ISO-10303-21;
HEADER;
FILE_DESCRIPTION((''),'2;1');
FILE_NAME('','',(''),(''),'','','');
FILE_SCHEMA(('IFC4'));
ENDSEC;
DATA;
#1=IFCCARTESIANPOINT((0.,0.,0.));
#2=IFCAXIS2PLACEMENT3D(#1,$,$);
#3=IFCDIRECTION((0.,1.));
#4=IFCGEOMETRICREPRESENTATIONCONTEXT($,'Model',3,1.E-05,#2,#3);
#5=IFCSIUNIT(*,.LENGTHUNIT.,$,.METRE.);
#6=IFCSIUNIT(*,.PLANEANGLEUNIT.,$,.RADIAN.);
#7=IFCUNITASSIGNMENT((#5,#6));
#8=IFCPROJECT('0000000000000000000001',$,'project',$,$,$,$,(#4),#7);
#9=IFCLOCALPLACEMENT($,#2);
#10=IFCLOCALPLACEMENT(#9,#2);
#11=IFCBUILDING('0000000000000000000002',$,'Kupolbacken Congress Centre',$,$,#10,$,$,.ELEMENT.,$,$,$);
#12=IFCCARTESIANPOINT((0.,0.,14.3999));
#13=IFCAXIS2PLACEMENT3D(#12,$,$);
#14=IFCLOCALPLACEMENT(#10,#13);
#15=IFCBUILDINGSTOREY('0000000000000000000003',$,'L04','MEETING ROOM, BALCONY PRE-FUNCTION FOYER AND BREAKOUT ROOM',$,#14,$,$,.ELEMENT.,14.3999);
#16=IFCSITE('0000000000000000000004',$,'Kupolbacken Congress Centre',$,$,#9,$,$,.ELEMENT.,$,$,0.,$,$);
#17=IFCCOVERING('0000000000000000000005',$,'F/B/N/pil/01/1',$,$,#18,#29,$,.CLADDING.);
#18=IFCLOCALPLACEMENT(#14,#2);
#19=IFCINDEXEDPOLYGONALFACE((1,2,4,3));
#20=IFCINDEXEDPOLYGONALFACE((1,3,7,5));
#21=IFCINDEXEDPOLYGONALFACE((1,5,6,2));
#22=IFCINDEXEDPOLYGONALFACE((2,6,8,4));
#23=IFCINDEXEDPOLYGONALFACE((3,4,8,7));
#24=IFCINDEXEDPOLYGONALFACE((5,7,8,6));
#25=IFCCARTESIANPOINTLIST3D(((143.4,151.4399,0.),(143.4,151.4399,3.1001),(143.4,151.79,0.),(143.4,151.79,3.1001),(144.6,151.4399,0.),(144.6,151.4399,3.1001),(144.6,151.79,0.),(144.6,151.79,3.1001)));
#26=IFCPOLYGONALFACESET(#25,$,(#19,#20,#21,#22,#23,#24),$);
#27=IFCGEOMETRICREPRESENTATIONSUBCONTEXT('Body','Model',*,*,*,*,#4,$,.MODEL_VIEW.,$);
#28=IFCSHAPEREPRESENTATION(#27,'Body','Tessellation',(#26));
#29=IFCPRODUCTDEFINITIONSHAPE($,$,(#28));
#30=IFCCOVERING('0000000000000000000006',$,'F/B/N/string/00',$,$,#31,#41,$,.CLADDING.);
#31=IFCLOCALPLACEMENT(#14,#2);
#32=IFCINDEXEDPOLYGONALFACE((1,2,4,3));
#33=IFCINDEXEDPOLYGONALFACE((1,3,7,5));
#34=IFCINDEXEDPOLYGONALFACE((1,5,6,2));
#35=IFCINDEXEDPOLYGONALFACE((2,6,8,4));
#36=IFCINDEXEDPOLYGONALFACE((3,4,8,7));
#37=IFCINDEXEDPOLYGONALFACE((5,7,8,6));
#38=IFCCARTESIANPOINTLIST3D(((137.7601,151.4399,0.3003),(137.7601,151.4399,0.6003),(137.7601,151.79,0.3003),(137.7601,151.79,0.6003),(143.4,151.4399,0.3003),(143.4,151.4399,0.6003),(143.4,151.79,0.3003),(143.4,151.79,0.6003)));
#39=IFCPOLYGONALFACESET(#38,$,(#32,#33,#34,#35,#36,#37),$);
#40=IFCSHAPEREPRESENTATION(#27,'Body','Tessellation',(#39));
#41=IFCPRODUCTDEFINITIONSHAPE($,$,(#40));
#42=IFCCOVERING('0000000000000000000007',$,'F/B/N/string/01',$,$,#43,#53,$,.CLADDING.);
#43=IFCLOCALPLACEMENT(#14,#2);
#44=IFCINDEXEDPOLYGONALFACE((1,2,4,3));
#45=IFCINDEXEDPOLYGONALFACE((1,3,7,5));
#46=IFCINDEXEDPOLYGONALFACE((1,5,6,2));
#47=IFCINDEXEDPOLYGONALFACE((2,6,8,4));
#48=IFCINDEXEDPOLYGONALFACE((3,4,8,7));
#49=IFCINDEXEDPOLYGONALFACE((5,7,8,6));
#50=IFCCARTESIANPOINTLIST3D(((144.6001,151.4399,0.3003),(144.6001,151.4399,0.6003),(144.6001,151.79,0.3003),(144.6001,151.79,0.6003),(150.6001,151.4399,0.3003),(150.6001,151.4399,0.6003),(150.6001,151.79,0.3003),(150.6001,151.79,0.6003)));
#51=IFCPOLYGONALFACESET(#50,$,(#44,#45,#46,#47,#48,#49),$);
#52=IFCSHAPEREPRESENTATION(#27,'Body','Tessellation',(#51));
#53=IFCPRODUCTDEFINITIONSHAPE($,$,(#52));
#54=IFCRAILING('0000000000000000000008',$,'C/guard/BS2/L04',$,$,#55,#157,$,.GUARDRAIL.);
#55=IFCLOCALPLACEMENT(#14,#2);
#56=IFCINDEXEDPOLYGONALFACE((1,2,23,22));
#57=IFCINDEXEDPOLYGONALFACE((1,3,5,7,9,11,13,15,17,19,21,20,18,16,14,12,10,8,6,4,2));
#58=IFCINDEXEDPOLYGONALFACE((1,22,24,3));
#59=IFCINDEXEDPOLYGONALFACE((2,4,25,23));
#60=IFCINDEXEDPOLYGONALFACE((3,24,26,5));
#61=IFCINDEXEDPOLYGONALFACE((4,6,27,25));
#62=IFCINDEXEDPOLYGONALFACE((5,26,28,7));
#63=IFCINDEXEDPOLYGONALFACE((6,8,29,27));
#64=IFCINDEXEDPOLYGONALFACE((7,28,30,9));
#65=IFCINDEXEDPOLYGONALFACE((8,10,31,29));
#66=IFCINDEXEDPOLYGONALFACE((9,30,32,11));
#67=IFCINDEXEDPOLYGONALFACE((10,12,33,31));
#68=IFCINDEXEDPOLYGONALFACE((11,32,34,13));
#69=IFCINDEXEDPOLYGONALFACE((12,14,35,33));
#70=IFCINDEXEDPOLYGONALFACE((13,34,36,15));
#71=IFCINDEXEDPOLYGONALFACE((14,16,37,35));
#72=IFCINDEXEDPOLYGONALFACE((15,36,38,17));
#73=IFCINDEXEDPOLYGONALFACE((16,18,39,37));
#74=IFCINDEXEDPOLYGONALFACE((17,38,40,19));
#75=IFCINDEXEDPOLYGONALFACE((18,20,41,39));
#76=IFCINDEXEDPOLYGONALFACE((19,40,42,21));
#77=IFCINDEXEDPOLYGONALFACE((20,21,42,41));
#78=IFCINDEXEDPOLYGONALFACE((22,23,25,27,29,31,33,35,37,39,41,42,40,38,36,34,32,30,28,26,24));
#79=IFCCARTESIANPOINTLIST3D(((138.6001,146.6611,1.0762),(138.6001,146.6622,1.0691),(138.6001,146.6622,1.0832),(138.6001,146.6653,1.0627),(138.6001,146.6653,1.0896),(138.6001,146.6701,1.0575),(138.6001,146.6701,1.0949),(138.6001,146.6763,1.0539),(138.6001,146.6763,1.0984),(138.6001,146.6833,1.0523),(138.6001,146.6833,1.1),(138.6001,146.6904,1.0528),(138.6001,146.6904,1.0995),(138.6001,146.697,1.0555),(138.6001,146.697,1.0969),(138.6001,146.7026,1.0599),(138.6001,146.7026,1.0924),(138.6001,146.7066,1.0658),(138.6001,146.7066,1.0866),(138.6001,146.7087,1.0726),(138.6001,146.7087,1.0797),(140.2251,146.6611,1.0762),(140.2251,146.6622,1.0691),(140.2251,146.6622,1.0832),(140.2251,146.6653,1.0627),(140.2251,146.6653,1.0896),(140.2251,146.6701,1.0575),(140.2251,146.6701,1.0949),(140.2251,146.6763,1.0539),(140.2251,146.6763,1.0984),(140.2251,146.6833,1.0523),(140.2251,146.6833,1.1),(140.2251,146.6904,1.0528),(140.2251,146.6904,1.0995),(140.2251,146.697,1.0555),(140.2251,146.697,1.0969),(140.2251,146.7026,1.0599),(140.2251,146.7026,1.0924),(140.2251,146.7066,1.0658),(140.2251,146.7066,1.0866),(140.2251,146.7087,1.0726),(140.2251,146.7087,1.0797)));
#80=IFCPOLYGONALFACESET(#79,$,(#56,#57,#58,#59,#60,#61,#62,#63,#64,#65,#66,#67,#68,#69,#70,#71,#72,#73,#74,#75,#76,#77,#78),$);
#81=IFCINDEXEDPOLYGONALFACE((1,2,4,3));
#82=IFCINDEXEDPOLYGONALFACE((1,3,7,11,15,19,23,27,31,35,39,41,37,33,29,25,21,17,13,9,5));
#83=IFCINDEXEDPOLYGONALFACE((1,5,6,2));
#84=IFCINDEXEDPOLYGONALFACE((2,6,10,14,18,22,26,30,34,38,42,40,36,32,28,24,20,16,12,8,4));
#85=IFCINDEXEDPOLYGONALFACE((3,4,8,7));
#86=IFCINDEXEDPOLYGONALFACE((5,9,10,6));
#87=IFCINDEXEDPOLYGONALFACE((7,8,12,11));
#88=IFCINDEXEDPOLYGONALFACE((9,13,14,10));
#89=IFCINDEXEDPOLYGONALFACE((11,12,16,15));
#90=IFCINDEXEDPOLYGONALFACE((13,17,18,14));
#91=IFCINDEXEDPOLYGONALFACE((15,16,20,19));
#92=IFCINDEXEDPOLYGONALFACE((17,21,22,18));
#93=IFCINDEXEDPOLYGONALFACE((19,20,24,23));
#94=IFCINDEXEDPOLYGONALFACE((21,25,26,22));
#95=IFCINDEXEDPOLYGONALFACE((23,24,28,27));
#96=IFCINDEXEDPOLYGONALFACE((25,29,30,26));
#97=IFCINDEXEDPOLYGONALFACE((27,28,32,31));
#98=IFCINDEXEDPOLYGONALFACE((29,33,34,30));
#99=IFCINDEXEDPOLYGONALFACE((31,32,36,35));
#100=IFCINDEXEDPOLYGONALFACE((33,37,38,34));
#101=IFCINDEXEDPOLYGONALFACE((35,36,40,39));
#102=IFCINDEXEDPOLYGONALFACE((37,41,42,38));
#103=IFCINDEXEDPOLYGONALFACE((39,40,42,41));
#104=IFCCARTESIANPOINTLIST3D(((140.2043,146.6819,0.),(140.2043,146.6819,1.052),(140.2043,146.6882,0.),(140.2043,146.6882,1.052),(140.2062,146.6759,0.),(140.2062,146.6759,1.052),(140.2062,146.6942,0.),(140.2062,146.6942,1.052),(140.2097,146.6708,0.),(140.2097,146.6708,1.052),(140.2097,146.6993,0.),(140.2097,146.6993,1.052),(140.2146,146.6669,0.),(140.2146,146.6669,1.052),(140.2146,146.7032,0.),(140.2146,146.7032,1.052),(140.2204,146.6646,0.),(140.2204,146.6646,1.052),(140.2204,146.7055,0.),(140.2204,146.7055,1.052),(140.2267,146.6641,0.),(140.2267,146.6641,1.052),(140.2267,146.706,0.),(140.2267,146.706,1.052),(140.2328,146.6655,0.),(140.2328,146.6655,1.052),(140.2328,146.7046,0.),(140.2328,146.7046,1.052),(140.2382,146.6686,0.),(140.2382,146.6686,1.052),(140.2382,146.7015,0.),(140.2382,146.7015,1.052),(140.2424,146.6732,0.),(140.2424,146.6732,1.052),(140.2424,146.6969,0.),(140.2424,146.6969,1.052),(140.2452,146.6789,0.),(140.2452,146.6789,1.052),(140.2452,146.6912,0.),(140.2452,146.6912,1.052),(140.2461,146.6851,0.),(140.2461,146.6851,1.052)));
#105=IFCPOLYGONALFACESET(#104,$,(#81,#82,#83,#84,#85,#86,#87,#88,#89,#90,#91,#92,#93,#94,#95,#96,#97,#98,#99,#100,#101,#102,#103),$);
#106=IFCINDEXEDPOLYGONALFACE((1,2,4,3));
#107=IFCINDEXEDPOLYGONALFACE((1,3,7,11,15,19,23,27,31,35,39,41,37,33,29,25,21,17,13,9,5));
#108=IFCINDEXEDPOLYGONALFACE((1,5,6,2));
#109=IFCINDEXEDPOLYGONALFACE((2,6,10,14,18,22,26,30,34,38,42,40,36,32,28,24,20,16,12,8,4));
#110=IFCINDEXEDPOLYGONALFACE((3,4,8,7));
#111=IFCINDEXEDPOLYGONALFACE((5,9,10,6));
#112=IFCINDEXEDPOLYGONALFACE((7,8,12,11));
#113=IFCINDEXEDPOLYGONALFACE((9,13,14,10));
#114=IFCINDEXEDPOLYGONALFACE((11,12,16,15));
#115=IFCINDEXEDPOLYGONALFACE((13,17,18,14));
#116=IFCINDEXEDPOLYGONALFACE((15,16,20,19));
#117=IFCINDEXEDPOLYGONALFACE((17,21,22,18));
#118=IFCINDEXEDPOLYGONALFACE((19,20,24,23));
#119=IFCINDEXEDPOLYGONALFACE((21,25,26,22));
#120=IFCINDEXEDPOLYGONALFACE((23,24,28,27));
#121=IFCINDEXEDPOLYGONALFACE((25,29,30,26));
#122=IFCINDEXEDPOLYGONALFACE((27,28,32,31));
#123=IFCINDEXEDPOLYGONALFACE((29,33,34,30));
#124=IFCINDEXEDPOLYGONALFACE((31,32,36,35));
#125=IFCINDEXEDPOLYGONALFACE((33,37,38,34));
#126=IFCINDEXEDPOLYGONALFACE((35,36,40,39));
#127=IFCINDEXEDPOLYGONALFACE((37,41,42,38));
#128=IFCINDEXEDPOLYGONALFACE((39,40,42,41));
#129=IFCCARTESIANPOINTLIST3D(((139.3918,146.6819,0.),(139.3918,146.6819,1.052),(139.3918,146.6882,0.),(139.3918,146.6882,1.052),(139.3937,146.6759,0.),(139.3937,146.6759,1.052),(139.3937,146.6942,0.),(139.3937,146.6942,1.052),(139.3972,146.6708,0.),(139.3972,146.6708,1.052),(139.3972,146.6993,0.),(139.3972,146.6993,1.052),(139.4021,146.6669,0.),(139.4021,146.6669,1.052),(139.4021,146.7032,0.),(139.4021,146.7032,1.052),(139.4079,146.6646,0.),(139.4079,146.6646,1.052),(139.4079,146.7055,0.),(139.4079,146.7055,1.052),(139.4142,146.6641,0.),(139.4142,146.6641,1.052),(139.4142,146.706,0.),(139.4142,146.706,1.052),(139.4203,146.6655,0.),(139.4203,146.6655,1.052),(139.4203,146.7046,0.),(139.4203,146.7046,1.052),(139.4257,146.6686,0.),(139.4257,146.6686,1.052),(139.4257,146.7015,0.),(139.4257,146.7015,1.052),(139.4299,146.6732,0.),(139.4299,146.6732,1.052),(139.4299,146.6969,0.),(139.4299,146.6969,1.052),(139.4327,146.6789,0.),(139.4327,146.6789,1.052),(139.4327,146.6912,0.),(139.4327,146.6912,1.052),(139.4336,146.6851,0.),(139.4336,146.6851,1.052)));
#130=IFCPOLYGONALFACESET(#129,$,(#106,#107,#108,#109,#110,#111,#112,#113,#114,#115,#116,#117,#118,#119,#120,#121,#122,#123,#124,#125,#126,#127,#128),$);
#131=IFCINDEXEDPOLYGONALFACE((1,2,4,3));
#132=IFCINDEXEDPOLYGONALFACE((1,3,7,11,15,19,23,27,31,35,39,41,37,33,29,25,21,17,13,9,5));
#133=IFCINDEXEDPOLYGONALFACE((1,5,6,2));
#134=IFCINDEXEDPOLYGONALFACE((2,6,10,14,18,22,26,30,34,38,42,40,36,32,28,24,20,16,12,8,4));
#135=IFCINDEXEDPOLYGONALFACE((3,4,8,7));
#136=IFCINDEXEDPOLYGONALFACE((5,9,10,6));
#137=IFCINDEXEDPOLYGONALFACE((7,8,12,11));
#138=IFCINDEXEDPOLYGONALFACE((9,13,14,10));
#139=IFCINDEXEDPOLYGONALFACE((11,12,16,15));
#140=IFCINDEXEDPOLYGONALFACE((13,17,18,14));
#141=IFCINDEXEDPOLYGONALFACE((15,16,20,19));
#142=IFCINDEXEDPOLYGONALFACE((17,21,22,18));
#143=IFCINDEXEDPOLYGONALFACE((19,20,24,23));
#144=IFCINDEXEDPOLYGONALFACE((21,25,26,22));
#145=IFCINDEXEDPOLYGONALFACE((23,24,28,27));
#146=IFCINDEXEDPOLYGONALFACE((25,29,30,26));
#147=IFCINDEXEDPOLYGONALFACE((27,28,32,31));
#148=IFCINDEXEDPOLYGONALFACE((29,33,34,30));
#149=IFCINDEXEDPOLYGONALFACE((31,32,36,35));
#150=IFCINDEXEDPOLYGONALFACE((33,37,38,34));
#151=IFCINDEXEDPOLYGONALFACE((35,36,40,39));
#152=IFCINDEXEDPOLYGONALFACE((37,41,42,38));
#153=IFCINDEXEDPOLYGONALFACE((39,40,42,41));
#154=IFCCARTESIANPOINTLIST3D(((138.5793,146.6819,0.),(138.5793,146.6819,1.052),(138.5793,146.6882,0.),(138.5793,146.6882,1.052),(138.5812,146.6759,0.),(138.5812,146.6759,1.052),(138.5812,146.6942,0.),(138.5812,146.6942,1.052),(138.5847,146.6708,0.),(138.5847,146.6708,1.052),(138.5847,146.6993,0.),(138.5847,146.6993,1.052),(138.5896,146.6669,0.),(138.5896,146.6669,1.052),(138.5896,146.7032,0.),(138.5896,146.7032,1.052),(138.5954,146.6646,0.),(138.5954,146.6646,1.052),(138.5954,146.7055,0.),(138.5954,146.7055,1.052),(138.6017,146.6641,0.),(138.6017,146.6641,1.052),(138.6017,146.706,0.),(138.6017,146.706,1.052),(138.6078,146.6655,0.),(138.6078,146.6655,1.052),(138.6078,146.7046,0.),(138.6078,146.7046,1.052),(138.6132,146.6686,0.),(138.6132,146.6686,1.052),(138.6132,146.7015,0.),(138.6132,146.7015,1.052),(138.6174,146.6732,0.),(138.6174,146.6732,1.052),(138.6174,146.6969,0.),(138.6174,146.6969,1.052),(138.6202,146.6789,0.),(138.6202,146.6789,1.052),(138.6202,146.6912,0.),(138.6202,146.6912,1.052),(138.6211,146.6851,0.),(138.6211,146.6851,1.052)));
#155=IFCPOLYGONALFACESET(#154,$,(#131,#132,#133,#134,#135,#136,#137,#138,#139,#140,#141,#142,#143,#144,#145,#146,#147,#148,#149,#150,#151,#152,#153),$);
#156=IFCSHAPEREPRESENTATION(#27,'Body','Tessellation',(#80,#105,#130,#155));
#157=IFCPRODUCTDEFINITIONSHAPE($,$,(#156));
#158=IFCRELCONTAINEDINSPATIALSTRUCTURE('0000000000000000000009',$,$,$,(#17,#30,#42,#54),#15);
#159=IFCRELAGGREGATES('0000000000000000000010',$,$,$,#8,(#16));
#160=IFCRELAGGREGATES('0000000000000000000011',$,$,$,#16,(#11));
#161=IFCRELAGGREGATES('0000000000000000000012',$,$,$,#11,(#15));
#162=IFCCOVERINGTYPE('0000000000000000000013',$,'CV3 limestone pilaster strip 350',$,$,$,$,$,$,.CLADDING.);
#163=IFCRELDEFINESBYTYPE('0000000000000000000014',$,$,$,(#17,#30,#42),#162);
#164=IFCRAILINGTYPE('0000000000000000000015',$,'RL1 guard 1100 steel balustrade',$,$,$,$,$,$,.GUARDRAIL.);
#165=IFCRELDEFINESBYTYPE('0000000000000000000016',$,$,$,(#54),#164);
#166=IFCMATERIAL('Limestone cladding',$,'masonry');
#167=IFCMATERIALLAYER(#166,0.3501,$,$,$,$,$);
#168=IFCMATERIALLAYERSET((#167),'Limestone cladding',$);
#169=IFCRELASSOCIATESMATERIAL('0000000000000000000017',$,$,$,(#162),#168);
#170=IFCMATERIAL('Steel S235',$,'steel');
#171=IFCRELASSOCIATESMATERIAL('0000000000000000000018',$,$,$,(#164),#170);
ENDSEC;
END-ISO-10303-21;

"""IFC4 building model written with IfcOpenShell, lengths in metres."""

from ifc_helpers import new_model, si_unit, direction, frame, origin, origin_2d, place, context, subcontext, project, spatial, rectangle, circle, extrude, material, layer, layer_set, type_object, element, save


model = new_model("IFC4")

# Units and contexts
model_context = context("Model", 3, precision=1e-05, world=origin(), true_north=direction((0.0, 1.0)))
body_context = subcontext(model_context, "Body", "Model", "MODEL_VIEW")
ifc_project = project(units=[si_unit("LENGTHUNIT", "METRE"), si_unit("PLANEANGLEUNIT", "RADIAN")], contexts=[model_context])

# Site, building, storey
site_placement = place(None, origin())
site = spatial("IfcSite", under=ifc_project, at=site_placement, Name="Kupolbacken Congress Centre", CompositionType="ELEMENT", RefElevation=0.0)
building_placement = place(site_placement, origin())
building = spatial("IfcBuilding", under=site, at=building_placement, Name="Kupolbacken Congress Centre", CompositionType="ELEMENT")
storey_placement = place(building_placement, frame((0.0, 0.0, 14.3999)))
storey = spatial("IfcBuildingStorey", under=building, at=storey_placement, Name="L04", Description="MEETING ROOM, BALCONY PRE-FUNCTION FOYER AND BREAKOUT ROOM", CompositionType="ELEMENT", Elevation=14.3999)

# Coverings
ifc_material_1 = material(Name="Limestone cladding", Category="masonry")
ifc_layer_1 = layer(ifc_material_1, 0.3501)
ifc_layer_set_1 = layer_set([ifc_layer_1], Name="Limestone cladding")
covering_type_1 = type_object("IfcCoveringType", Name="CV3 limestone pilaster strip 350", PredefinedType="CLADDING", material=ifc_layer_set_1)
covering_1_placement = place(storey_placement, frame((144.0, 151.615, 0.0), z_axis=(0.0, 0.0, 1.0), x_axis=(1.0, 0.0, 0.0)))
element("IfcCovering", 1, at=covering_1_placement, inside=storey, type_object=covering_type_1, Name="F/B/N/pil/01/1", PredefinedType="CLADDING", context=body_context, shape_type="SweptSolid", body=[
    extrude(rectangle(XDim=1.2, YDim=0.3501, at=origin_2d()), origin(), (0.0, 0.0, 1.0), 3.1001),
])
covering_2_placement = place(storey_placement, frame((140.5801, 151.615, 0.3003), z_axis=(0.0, 0.0, 1.0), x_axis=(1.0, 0.0, 0.0)))
element("IfcCovering", 2, at=covering_2_placement, inside=storey, type_object=covering_type_1, Name="F/B/N/string/00", PredefinedType="CLADDING", context=body_context, shape_type="SweptSolid", body=[
    extrude(rectangle(XDim=5.6399, YDim=0.3501, at=origin_2d()), origin(), (0.0, 0.0, 1.0), 0.3),
])
covering_3_placement = place(storey_placement, frame((147.6001, 151.615, 0.3003), z_axis=(0.0, 0.0, 1.0), x_axis=(1.0, 0.0, 0.0)))
element("IfcCovering", 3, at=covering_3_placement, inside=storey, type_object=covering_type_1, Name="F/B/N/string/01", PredefinedType="CLADDING", context=body_context, shape_type="SweptSolid", body=[
    extrude(rectangle(XDim=6.0, YDim=0.3501, at=origin_2d()), origin(), (0.0, 0.0, 1.0), 0.3),
])

# Railing
ifc_material_2 = material(Name="Steel S235", Category="steel")
railing_type = type_object("IfcRailingType", Name="RL1 guard 1100 steel balustrade", PredefinedType="GUARDRAIL", material=ifc_material_2)
railing_placement = place(storey_placement, frame((140.2251, 146.6851, 0.0)))
element("IfcRailing", 4, at=railing_placement, inside=storey, type_object=railing_type, Name="C/guard/BS2/L04", PredefinedType="GUARDRAIL", context=body_context, shape_type="SweptSolid", body=[
    extrude(circle(Radius=0.0239, at=origin_2d()), frame((0.0, 0.0, 1.0762), z_axis=(-1.0, 0.0, 0.0), x_axis=(0.0, -1.0, 0.0)), (0.0, 0.0, 1.0), 1.625),
    extrude(circle(Radius=0.021, at=origin_2d()), origin(), (0.0, 0.0, 1.0), 1.052),
    extrude(circle(Radius=0.021, at=origin_2d()), frame((-0.8125, 0.0, 0.0)), (0.0, 0.0, 1.0), 1.052),
    extrude(circle(Radius=0.021, at=origin_2d()), frame((-1.625, 0.0, 0.0)), (0.0, 0.0, 1.0), 1.052),
])

save(model, "model.ifc")
